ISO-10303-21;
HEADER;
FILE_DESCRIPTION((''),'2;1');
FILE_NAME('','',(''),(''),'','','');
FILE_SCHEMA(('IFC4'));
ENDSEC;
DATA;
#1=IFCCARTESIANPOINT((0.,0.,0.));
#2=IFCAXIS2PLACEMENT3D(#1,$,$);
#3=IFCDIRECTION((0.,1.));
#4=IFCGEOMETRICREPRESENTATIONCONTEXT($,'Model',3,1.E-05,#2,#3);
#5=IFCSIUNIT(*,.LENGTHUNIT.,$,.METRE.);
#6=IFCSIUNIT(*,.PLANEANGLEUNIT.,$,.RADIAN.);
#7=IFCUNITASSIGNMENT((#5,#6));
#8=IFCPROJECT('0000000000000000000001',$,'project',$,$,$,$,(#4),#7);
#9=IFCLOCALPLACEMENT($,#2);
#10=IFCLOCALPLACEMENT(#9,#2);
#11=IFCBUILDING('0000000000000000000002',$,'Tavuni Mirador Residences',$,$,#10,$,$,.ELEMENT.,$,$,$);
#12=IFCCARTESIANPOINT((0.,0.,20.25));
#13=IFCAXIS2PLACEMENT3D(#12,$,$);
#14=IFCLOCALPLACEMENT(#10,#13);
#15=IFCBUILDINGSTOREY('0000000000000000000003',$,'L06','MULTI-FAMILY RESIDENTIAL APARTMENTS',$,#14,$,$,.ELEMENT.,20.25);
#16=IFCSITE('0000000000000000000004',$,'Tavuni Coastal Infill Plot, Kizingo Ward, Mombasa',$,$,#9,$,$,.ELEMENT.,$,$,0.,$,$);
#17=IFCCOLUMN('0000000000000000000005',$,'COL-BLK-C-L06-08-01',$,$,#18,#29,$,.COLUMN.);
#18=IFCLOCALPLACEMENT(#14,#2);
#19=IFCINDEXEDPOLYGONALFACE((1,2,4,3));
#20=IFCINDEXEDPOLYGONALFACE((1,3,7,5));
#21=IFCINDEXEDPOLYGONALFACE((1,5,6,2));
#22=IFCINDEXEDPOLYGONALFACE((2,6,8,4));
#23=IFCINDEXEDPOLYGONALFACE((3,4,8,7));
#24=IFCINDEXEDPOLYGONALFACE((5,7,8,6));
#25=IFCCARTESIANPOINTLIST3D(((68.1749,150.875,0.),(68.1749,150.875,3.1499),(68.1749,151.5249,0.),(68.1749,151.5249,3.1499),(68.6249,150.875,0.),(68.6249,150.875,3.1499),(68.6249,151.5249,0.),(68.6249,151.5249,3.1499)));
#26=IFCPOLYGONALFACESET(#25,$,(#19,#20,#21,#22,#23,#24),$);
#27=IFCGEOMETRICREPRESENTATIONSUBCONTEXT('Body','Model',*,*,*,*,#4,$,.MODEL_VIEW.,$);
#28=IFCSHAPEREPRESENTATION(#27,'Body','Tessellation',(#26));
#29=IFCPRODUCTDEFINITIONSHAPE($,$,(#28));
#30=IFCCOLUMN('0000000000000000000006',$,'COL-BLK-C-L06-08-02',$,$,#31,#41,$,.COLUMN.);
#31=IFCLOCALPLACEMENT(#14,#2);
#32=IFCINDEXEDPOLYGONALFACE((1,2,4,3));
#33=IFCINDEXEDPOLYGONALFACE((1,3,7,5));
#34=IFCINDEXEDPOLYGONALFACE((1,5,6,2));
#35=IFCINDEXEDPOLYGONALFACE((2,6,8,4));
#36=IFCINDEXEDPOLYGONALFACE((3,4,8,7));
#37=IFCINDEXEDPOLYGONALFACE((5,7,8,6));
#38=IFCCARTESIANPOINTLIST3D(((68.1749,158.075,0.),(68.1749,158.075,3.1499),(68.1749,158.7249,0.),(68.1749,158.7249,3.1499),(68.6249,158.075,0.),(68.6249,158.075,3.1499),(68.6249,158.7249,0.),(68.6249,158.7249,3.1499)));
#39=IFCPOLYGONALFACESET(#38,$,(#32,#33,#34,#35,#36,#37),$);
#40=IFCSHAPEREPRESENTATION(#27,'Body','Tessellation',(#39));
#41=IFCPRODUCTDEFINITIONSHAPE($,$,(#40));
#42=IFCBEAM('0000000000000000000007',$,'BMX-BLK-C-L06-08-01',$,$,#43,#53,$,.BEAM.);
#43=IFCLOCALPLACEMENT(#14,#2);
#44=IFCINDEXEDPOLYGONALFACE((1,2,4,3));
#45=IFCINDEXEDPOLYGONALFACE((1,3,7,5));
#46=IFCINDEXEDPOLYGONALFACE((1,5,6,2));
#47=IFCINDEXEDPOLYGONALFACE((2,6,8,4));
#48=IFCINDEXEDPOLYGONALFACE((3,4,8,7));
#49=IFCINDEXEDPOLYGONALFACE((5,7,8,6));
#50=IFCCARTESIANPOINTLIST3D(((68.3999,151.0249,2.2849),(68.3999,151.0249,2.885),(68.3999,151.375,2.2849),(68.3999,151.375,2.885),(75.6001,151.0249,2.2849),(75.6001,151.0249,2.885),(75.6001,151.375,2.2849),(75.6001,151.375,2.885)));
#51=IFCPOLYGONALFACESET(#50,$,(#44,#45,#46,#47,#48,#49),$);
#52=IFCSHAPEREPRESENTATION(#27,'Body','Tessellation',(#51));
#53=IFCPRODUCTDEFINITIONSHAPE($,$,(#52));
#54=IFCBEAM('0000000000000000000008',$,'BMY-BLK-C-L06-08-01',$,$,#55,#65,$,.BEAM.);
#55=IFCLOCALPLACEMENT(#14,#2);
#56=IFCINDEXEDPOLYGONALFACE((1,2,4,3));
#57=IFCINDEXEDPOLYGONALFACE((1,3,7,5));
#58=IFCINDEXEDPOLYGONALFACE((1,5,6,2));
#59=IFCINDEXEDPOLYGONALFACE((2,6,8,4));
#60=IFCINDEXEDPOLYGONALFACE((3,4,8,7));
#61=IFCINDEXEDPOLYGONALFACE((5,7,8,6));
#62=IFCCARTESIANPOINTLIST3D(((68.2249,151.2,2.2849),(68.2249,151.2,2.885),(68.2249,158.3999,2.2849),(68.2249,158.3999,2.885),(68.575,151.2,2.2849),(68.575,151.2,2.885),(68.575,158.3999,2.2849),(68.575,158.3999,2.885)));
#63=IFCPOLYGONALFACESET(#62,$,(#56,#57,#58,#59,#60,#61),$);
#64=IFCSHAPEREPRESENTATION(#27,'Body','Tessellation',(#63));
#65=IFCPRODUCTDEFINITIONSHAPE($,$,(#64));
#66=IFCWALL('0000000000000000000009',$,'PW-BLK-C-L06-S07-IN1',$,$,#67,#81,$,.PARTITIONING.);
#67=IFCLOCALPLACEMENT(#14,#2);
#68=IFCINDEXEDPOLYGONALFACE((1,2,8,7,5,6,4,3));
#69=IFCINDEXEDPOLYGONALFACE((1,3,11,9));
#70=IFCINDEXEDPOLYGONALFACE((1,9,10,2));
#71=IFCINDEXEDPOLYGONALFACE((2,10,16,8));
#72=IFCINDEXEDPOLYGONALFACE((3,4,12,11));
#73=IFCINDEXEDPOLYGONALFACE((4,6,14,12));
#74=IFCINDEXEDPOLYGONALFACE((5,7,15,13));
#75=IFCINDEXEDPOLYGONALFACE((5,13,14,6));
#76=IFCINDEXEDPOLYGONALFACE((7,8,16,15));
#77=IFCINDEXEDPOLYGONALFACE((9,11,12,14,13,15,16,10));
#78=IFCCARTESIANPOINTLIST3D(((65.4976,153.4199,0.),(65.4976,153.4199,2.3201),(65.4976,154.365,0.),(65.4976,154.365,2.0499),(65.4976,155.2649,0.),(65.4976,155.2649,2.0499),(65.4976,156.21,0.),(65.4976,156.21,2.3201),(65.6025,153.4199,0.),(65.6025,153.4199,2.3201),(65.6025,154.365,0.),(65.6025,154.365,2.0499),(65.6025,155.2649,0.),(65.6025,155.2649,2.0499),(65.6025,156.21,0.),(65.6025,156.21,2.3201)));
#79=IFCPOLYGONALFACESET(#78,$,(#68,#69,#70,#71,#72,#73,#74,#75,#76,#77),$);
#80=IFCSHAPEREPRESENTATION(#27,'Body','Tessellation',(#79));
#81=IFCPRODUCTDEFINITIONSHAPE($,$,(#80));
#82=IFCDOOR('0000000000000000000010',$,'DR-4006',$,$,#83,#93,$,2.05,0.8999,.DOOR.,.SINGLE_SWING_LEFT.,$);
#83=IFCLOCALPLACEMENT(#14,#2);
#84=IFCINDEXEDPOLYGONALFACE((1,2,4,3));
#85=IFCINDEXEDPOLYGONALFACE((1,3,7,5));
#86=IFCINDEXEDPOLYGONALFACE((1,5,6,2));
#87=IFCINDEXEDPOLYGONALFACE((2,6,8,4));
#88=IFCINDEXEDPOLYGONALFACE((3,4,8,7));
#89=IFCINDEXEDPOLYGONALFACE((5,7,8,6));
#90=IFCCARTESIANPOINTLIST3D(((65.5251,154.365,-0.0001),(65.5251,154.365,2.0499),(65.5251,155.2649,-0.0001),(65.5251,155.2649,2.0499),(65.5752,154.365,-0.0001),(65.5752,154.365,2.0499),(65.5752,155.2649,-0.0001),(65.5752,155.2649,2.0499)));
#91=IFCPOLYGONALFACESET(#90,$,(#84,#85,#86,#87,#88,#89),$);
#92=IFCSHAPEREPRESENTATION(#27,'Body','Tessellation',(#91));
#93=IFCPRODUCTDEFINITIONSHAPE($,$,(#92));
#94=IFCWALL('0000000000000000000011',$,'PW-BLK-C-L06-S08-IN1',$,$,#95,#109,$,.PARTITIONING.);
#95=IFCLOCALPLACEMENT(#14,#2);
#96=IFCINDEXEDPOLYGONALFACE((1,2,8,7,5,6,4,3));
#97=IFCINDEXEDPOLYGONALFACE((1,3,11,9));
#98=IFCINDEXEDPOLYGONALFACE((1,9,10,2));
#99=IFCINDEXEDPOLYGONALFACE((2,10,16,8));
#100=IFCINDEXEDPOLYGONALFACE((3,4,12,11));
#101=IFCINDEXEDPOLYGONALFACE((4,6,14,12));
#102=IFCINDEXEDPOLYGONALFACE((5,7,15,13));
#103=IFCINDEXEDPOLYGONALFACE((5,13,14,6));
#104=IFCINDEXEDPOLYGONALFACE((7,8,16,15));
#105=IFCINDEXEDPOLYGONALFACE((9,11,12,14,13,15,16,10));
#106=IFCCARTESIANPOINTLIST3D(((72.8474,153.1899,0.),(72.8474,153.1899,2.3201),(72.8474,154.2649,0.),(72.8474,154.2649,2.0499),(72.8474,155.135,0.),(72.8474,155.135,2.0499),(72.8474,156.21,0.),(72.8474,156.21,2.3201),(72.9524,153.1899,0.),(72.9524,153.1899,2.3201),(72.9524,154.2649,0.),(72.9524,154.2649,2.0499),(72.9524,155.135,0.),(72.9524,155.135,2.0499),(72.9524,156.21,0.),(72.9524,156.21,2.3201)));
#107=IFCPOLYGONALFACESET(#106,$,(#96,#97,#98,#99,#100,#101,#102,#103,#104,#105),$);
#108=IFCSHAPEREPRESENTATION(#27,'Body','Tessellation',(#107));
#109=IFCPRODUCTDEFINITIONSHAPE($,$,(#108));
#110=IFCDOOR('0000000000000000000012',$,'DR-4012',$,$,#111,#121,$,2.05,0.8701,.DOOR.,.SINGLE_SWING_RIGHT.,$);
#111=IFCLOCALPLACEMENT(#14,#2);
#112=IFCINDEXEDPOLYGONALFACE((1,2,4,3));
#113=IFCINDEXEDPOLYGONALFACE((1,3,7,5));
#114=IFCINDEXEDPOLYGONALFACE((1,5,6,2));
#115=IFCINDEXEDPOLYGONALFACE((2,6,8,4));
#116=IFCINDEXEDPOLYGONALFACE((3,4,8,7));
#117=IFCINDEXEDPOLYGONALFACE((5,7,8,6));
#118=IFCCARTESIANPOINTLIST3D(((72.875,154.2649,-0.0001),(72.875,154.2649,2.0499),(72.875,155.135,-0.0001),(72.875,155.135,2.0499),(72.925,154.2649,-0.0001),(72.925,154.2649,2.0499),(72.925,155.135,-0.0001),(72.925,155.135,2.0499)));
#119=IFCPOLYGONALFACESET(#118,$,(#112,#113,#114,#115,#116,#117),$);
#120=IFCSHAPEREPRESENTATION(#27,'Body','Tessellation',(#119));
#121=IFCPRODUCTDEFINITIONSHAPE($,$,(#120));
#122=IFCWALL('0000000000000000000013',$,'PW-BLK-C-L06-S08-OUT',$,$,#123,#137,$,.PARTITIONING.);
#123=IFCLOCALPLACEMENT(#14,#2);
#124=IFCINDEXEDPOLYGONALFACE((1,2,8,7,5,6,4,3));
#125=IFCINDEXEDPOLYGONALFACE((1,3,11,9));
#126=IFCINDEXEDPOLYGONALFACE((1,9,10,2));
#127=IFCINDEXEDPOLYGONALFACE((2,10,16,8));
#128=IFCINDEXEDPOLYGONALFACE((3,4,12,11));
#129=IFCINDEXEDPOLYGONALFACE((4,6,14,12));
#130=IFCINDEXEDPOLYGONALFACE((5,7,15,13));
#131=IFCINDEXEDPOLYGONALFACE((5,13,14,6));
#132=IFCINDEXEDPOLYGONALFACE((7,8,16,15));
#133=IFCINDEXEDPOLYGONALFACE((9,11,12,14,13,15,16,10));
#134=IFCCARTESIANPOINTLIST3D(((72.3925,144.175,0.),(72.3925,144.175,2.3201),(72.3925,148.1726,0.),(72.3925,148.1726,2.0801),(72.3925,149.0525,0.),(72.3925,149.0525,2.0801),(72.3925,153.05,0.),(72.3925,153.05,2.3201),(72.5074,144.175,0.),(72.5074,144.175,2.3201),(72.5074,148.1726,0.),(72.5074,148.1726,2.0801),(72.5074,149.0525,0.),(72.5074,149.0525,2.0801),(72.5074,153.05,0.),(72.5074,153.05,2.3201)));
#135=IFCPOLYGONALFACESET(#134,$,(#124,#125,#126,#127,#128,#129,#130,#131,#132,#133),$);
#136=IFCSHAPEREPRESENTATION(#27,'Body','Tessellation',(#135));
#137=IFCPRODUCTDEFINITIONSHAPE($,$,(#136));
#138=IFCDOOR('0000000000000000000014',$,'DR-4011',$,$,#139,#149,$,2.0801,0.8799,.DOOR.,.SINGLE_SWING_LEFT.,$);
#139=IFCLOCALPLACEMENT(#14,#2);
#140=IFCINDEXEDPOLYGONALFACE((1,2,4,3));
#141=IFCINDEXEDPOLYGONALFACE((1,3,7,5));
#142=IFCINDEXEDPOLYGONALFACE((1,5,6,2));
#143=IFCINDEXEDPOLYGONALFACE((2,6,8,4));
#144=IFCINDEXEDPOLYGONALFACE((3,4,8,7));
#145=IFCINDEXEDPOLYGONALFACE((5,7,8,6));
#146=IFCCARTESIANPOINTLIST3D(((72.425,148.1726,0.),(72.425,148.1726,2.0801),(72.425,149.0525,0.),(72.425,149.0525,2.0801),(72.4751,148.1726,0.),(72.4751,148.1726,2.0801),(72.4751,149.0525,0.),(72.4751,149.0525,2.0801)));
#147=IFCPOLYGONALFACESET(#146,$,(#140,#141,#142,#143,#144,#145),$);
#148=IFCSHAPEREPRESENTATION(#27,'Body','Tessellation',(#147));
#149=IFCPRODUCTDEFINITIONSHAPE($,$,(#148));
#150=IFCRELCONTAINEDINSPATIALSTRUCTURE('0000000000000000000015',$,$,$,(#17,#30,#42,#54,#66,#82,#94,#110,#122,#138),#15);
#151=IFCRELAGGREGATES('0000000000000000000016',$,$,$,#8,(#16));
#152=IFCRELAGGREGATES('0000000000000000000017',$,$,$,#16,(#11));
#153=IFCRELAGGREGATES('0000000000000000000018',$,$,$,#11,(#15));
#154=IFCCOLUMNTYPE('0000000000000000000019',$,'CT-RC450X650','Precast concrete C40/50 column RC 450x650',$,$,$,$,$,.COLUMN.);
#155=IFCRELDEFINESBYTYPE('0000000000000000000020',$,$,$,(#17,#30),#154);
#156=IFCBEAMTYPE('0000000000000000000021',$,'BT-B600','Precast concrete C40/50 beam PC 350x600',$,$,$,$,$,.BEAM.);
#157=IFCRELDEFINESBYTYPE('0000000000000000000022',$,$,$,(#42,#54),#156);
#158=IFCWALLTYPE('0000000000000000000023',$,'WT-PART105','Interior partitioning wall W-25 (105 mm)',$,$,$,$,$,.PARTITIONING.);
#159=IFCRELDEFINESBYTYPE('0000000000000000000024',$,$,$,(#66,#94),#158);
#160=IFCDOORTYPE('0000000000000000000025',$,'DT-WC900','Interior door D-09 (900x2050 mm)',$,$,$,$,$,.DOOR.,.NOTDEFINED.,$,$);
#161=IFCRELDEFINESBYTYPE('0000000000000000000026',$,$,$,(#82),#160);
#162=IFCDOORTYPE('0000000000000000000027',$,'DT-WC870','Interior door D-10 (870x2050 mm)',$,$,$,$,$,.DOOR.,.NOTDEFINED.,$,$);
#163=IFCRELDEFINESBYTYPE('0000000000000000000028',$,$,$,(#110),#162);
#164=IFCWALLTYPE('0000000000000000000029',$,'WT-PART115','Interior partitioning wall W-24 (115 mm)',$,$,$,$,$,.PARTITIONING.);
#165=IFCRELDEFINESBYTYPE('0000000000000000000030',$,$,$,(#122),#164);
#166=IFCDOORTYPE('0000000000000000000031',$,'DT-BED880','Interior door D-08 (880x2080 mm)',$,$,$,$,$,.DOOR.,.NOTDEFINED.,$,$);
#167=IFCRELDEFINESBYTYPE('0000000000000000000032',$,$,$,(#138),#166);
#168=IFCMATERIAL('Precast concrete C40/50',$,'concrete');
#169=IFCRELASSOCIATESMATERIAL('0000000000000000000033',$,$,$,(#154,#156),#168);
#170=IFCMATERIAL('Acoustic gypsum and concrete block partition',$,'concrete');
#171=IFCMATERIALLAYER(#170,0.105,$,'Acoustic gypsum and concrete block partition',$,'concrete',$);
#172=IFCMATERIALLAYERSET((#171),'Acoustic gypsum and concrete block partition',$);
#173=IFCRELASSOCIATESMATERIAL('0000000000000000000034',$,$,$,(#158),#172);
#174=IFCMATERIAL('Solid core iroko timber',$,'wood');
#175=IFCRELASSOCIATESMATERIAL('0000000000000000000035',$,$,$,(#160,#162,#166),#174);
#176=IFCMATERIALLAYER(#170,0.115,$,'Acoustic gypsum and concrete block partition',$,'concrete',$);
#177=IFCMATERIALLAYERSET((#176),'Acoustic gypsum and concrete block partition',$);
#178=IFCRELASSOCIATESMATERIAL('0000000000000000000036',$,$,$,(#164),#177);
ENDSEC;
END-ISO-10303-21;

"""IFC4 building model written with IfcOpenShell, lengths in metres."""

from ifc_helpers import new_model, si_unit, direction, frame, frame_2d, origin, origin_2d, place, context, subcontext, project, spatial, rectangle, extrude, material, layer, layer_set, material_profile, profile_set, type_object, element, fill, save


model = new_model("IFC4")

# Units and contexts
model_context = context("Model", 3, precision=1e-05, world=origin(), true_north=direction((0.0, 1.0)))
body_context = subcontext(model_context, "Body", "Model", "MODEL_VIEW")
ifc_project = project(units=[si_unit("LENGTHUNIT", "METRE"), si_unit("PLANEANGLEUNIT", "RADIAN")], contexts=[model_context])

# Site, building, storey
site_placement = place(None, origin())
site = spatial("IfcSite", under=ifc_project, at=site_placement, Name="Tavuni Coastal Infill Plot, Kizingo Ward, Mombasa", CompositionType="ELEMENT", RefElevation=0.0)
building_placement = place(site_placement, origin())
building = spatial("IfcBuilding", under=site, at=building_placement, Name="Tavuni Mirador Residences", CompositionType="ELEMENT")
storey_placement = place(building_placement, frame((0.0, 0.0, 20.25)))
storey = spatial("IfcBuildingStorey", under=building, at=storey_placement, Name="L06", Description="MULTI-FAMILY RESIDENTIAL APARTMENTS", CompositionType="ELEMENT", Elevation=20.25)

# Columns
ifc_material_1 = material(Name="Precast concrete C40/50", Category="concrete")
ifc_material_profile_1 = material_profile(ifc_material_1, rectangle(XDim=0.45, YDim=0.6499, at=origin_2d()), Name="RC 450x650", Category="concrete")
ifc_profile_set_1 = profile_set([ifc_material_profile_1], Name="Precast concrete C40/50")
column_type = type_object("IfcColumnType", Name="CT-RC450X650", Description="Precast concrete C40/50 column RC 450x650", PredefinedType="COLUMN", material=ifc_profile_set_1)
for number, where, z_axis, x_axis, name in (
    (1, (68.3999, 151.2, 0.0), (0.0, 0.0, 1.0), (1.0, 0.0, 0.0), "COL-BLK-C-L06-08-01"),
    (2, (68.3999, 158.3999, 0.0), (0.0, 0.0, 1.0), (1.0, 0.0, 0.0), "COL-BLK-C-L06-08-02"),
):
    element("IfcColumn", number, at=place(storey_placement, frame(where, z_axis=z_axis, x_axis=x_axis)), inside=storey, type_object=column_type, Name=name, PredefinedType="COLUMN", context=body_context, shape_type="SweptSolid", body=[
        extrude(rectangle(XDim=0.45, YDim=0.6499, at=origin_2d()), origin(), (0.0, 0.0, 1.0), 3.1499),
    ])

# Beams
ifc_material_profile_2 = material_profile(ifc_material_1, rectangle(XDim=0.3501, YDim=0.6001, at=origin_2d()), Name="PC 350x600", Category="concrete")
ifc_profile_set_2 = profile_set([ifc_material_profile_2], Name="Precast concrete C40/50")
beam_type = type_object("IfcBeamType", Name="BT-B600", Description="Precast concrete C40/50 beam PC 350x600", PredefinedType="BEAM", material=ifc_profile_set_2)
beam_1_placement = place(storey_placement, frame((68.3999, 151.2, 2.585), z_axis=(1.0, 0.0, 0.0), x_axis=(0.0, 1.0, 0.0)))
element("IfcBeam", 3, at=beam_1_placement, inside=storey, type_object=beam_type, Name="BMX-BLK-C-L06-08-01", PredefinedType="BEAM", context=body_context, shape_type="SweptSolid", body=[
    extrude(rectangle(XDim=0.3501, YDim=0.6001, at=origin_2d()), origin(), (0.0, 0.0, 1.0), 7.2002),
])
beam_2_placement = place(storey_placement, frame((68.3999, 151.2, 2.585), z_axis=(0.0, 1.0, 0.0), x_axis=(-1.0, 0.0, 0.0)))
element("IfcBeam", 4, at=beam_2_placement, inside=storey, type_object=beam_type, Name="BMY-BLK-C-L06-08-01", PredefinedType="BEAM", context=body_context, shape_type="SweptSolid", body=[
    extrude(rectangle(XDim=0.3501, YDim=0.6001, at=origin_2d()), origin(), (0.0, 0.0, 1.0), 7.2),
])

# Walls, openings, doors
ifc_material_2 = material(Name="Solid core iroko timber", Category="wood")
ifc_material_3 = material(Name="Acoustic gypsum and concrete block partition", Category="concrete")
ifc_layer_1 = layer(ifc_material_3, 0.105, Name="Acoustic gypsum and concrete block partition", Category="concrete")
ifc_layer_set_1 = layer_set([ifc_layer_1], Name="Acoustic gypsum and concrete block partition")
wall_type_1 = type_object("IfcWallType", Name="WT-PART105", Description="Interior partitioning wall W-25 (105 mm)", PredefinedType="PARTITIONING", material=ifc_layer_set_1)
wall_1_placement = place(storey_placement, frame((65.55, 153.4199, 0.0), z_axis=(0.0, 0.0, 1.0), x_axis=(0.0, 1.0, 0.0)))
wall_1 = element("IfcWall", 5, at=wall_1_placement, inside=storey, type_object=wall_type_1, Name="PW-BLK-C-L06-S07-IN1", PredefinedType="PARTITIONING", context=body_context, shape_type="SweptSolid", body=[
    extrude(rectangle(XDim=2.79, YDim=0.105, at=frame_2d((1.395, 0.0))), origin(), (0.0, 0.0, 1.0), 2.3201),
])
opening_1_placement = place(wall_1_placement, frame((0.9451, 0.0, 0.0)))
opening_1 = element("IfcOpeningElement", 6, at=opening_1_placement, cuts=wall_1, PredefinedType="OPENING", context=body_context, shape_type="SweptSolid", body=[
    extrude(rectangle(XDim=0.8999, YDim=2.05, at=frame_2d((0.45, 1.0249))), frame((0.0, 0.0625, 0.0), z_axis=(0.0, -1.0, 0.0), x_axis=(1.0, 0.0, 0.0)), (0.0, 0.0, 1.0), 0.125),
])
door_type_1 = type_object("IfcDoorType", Name="DT-WC900", Description="Interior door D-09 (900x2050 mm)", OperationType="NOTDEFINED", PredefinedType="DOOR", material=ifc_material_2)
door_1_placement = place(opening_1_placement, origin())
door_1 = element("IfcDoor", 7, at=door_1_placement, inside=storey, type_object=door_type_1, Name="DR-4006", OperationType="SINGLE_SWING_LEFT", OverallHeight=2.05, OverallWidth=0.8999, PredefinedType="DOOR", context=body_context, shape_type="SweptSolid", body=[
    extrude(rectangle(XDim=0.8999, YDim=2.05, at=frame_2d((0.45, 1.0249))), frame((0.0, 0.0249, 0.0), z_axis=(0.0, -1.0, 0.0), x_axis=(1.0, 0.0, 0.0)), (0.0, 0.0, 1.0), 0.05),
])
fill(opening_1, door_1)
wall_2_placement = place(storey_placement, frame((72.8999, 153.1899, 0.0), z_axis=(0.0, 0.0, 1.0), x_axis=(0.0, 1.0, 0.0)))
wall_2 = element("IfcWall", 8, at=wall_2_placement, inside=storey, type_object=wall_type_1, Name="PW-BLK-C-L06-S08-IN1", PredefinedType="PARTITIONING", context=body_context, shape_type="SweptSolid", body=[
    extrude(rectangle(XDim=3.02, YDim=0.105, at=frame_2d((1.51, 0.0))), origin(), (0.0, 0.0, 1.0), 2.3201),
])
opening_2_placement = place(wall_2_placement, frame((1.075, 0.0, 0.0)))
opening_2 = element("IfcOpeningElement", 9, at=opening_2_placement, cuts=wall_2, PredefinedType="OPENING", context=body_context, shape_type="SweptSolid", body=[
    extrude(rectangle(XDim=0.8701, YDim=2.05, at=frame_2d((0.4351, 1.0249))), frame((0.0, 0.0625, 0.0), z_axis=(0.0, -1.0, 0.0), x_axis=(1.0, 0.0, 0.0)), (0.0, 0.0, 1.0), 0.125),
])
door_type_2 = type_object("IfcDoorType", Name="DT-WC870", Description="Interior door D-10 (870x2050 mm)", OperationType="NOTDEFINED", PredefinedType="DOOR", material=ifc_material_2)
door_2_placement = place(opening_2_placement, origin())
door_2 = element("IfcDoor", 10, at=door_2_placement, inside=storey, type_object=door_type_2, Name="DR-4012", OperationType="SINGLE_SWING_RIGHT", OverallHeight=2.05, OverallWidth=0.8701, PredefinedType="DOOR", context=body_context, shape_type="SweptSolid", body=[
    extrude(rectangle(XDim=0.8701, YDim=2.05, at=frame_2d((0.4351, 1.0249))), frame((0.0, 0.0249, 0.0), z_axis=(0.0, -1.0, 0.0), x_axis=(1.0, 0.0, 0.0)), (0.0, 0.0, 1.0), 0.05),
])
fill(opening_2, door_2)
ifc_layer_2 = layer(ifc_material_3, 0.115, Name="Acoustic gypsum and concrete block partition", Category="concrete")
ifc_layer_set_2 = layer_set([ifc_layer_2], Name="Acoustic gypsum and concrete block partition")
wall_type_2 = type_object("IfcWallType", Name="WT-PART115", Description="Interior partitioning wall W-24 (115 mm)", PredefinedType="PARTITIONING", material=ifc_layer_set_2)
wall_3_placement = place(storey_placement, frame((72.45, 144.175, 0.0), z_axis=(0.0, 0.0, 1.0), x_axis=(0.0, 1.0, 0.0)))
wall_3 = element("IfcWall", 11, at=wall_3_placement, inside=storey, type_object=wall_type_2, Name="PW-BLK-C-L06-S08-OUT", PredefinedType="PARTITIONING", context=body_context, shape_type="SweptSolid", body=[
    extrude(rectangle(XDim=8.875, YDim=0.115, at=frame_2d((4.4375, 0.0))), origin(), (0.0, 0.0, 1.0), 2.3201),
])
opening_3_placement = place(wall_3_placement, frame((3.9976, 0.0, 0.0)))
opening_3 = element("IfcOpeningElement", 12, at=opening_3_placement, cuts=wall_3, PredefinedType="OPENING", context=body_context, shape_type="SweptSolid", body=[
    extrude(rectangle(XDim=0.8799, YDim=2.0801, at=frame_2d((0.4399, 1.04))), frame((0.0, 0.0674, 0.0), z_axis=(0.0, -1.0, 0.0), x_axis=(1.0, 0.0, 0.0)), (0.0, 0.0, 1.0), 0.135),
])
door_type_3 = type_object("IfcDoorType", Name="DT-BED880", Description="Interior door D-08 (880x2080 mm)", OperationType="NOTDEFINED", PredefinedType="DOOR", material=ifc_material_2)
door_3_placement = place(opening_3_placement, origin())
door_3 = element("IfcDoor", 13, at=door_3_placement, inside=storey, type_object=door_type_3, Name="DR-4011", OperationType="SINGLE_SWING_LEFT", OverallHeight=2.0801, OverallWidth=0.8799, PredefinedType="DOOR", context=body_context, shape_type="SweptSolid", body=[
    extrude(rectangle(XDim=0.8799, YDim=2.0801, at=frame_2d((0.4399, 1.04))), frame((0.0, 0.0249, 0.0), z_axis=(0.0, -1.0, 0.0), x_axis=(1.0, 0.0, 0.0)), (0.0, 0.0, 1.0), 0.05),
])
fill(opening_3, door_3)

save(model, "model.ifc")
